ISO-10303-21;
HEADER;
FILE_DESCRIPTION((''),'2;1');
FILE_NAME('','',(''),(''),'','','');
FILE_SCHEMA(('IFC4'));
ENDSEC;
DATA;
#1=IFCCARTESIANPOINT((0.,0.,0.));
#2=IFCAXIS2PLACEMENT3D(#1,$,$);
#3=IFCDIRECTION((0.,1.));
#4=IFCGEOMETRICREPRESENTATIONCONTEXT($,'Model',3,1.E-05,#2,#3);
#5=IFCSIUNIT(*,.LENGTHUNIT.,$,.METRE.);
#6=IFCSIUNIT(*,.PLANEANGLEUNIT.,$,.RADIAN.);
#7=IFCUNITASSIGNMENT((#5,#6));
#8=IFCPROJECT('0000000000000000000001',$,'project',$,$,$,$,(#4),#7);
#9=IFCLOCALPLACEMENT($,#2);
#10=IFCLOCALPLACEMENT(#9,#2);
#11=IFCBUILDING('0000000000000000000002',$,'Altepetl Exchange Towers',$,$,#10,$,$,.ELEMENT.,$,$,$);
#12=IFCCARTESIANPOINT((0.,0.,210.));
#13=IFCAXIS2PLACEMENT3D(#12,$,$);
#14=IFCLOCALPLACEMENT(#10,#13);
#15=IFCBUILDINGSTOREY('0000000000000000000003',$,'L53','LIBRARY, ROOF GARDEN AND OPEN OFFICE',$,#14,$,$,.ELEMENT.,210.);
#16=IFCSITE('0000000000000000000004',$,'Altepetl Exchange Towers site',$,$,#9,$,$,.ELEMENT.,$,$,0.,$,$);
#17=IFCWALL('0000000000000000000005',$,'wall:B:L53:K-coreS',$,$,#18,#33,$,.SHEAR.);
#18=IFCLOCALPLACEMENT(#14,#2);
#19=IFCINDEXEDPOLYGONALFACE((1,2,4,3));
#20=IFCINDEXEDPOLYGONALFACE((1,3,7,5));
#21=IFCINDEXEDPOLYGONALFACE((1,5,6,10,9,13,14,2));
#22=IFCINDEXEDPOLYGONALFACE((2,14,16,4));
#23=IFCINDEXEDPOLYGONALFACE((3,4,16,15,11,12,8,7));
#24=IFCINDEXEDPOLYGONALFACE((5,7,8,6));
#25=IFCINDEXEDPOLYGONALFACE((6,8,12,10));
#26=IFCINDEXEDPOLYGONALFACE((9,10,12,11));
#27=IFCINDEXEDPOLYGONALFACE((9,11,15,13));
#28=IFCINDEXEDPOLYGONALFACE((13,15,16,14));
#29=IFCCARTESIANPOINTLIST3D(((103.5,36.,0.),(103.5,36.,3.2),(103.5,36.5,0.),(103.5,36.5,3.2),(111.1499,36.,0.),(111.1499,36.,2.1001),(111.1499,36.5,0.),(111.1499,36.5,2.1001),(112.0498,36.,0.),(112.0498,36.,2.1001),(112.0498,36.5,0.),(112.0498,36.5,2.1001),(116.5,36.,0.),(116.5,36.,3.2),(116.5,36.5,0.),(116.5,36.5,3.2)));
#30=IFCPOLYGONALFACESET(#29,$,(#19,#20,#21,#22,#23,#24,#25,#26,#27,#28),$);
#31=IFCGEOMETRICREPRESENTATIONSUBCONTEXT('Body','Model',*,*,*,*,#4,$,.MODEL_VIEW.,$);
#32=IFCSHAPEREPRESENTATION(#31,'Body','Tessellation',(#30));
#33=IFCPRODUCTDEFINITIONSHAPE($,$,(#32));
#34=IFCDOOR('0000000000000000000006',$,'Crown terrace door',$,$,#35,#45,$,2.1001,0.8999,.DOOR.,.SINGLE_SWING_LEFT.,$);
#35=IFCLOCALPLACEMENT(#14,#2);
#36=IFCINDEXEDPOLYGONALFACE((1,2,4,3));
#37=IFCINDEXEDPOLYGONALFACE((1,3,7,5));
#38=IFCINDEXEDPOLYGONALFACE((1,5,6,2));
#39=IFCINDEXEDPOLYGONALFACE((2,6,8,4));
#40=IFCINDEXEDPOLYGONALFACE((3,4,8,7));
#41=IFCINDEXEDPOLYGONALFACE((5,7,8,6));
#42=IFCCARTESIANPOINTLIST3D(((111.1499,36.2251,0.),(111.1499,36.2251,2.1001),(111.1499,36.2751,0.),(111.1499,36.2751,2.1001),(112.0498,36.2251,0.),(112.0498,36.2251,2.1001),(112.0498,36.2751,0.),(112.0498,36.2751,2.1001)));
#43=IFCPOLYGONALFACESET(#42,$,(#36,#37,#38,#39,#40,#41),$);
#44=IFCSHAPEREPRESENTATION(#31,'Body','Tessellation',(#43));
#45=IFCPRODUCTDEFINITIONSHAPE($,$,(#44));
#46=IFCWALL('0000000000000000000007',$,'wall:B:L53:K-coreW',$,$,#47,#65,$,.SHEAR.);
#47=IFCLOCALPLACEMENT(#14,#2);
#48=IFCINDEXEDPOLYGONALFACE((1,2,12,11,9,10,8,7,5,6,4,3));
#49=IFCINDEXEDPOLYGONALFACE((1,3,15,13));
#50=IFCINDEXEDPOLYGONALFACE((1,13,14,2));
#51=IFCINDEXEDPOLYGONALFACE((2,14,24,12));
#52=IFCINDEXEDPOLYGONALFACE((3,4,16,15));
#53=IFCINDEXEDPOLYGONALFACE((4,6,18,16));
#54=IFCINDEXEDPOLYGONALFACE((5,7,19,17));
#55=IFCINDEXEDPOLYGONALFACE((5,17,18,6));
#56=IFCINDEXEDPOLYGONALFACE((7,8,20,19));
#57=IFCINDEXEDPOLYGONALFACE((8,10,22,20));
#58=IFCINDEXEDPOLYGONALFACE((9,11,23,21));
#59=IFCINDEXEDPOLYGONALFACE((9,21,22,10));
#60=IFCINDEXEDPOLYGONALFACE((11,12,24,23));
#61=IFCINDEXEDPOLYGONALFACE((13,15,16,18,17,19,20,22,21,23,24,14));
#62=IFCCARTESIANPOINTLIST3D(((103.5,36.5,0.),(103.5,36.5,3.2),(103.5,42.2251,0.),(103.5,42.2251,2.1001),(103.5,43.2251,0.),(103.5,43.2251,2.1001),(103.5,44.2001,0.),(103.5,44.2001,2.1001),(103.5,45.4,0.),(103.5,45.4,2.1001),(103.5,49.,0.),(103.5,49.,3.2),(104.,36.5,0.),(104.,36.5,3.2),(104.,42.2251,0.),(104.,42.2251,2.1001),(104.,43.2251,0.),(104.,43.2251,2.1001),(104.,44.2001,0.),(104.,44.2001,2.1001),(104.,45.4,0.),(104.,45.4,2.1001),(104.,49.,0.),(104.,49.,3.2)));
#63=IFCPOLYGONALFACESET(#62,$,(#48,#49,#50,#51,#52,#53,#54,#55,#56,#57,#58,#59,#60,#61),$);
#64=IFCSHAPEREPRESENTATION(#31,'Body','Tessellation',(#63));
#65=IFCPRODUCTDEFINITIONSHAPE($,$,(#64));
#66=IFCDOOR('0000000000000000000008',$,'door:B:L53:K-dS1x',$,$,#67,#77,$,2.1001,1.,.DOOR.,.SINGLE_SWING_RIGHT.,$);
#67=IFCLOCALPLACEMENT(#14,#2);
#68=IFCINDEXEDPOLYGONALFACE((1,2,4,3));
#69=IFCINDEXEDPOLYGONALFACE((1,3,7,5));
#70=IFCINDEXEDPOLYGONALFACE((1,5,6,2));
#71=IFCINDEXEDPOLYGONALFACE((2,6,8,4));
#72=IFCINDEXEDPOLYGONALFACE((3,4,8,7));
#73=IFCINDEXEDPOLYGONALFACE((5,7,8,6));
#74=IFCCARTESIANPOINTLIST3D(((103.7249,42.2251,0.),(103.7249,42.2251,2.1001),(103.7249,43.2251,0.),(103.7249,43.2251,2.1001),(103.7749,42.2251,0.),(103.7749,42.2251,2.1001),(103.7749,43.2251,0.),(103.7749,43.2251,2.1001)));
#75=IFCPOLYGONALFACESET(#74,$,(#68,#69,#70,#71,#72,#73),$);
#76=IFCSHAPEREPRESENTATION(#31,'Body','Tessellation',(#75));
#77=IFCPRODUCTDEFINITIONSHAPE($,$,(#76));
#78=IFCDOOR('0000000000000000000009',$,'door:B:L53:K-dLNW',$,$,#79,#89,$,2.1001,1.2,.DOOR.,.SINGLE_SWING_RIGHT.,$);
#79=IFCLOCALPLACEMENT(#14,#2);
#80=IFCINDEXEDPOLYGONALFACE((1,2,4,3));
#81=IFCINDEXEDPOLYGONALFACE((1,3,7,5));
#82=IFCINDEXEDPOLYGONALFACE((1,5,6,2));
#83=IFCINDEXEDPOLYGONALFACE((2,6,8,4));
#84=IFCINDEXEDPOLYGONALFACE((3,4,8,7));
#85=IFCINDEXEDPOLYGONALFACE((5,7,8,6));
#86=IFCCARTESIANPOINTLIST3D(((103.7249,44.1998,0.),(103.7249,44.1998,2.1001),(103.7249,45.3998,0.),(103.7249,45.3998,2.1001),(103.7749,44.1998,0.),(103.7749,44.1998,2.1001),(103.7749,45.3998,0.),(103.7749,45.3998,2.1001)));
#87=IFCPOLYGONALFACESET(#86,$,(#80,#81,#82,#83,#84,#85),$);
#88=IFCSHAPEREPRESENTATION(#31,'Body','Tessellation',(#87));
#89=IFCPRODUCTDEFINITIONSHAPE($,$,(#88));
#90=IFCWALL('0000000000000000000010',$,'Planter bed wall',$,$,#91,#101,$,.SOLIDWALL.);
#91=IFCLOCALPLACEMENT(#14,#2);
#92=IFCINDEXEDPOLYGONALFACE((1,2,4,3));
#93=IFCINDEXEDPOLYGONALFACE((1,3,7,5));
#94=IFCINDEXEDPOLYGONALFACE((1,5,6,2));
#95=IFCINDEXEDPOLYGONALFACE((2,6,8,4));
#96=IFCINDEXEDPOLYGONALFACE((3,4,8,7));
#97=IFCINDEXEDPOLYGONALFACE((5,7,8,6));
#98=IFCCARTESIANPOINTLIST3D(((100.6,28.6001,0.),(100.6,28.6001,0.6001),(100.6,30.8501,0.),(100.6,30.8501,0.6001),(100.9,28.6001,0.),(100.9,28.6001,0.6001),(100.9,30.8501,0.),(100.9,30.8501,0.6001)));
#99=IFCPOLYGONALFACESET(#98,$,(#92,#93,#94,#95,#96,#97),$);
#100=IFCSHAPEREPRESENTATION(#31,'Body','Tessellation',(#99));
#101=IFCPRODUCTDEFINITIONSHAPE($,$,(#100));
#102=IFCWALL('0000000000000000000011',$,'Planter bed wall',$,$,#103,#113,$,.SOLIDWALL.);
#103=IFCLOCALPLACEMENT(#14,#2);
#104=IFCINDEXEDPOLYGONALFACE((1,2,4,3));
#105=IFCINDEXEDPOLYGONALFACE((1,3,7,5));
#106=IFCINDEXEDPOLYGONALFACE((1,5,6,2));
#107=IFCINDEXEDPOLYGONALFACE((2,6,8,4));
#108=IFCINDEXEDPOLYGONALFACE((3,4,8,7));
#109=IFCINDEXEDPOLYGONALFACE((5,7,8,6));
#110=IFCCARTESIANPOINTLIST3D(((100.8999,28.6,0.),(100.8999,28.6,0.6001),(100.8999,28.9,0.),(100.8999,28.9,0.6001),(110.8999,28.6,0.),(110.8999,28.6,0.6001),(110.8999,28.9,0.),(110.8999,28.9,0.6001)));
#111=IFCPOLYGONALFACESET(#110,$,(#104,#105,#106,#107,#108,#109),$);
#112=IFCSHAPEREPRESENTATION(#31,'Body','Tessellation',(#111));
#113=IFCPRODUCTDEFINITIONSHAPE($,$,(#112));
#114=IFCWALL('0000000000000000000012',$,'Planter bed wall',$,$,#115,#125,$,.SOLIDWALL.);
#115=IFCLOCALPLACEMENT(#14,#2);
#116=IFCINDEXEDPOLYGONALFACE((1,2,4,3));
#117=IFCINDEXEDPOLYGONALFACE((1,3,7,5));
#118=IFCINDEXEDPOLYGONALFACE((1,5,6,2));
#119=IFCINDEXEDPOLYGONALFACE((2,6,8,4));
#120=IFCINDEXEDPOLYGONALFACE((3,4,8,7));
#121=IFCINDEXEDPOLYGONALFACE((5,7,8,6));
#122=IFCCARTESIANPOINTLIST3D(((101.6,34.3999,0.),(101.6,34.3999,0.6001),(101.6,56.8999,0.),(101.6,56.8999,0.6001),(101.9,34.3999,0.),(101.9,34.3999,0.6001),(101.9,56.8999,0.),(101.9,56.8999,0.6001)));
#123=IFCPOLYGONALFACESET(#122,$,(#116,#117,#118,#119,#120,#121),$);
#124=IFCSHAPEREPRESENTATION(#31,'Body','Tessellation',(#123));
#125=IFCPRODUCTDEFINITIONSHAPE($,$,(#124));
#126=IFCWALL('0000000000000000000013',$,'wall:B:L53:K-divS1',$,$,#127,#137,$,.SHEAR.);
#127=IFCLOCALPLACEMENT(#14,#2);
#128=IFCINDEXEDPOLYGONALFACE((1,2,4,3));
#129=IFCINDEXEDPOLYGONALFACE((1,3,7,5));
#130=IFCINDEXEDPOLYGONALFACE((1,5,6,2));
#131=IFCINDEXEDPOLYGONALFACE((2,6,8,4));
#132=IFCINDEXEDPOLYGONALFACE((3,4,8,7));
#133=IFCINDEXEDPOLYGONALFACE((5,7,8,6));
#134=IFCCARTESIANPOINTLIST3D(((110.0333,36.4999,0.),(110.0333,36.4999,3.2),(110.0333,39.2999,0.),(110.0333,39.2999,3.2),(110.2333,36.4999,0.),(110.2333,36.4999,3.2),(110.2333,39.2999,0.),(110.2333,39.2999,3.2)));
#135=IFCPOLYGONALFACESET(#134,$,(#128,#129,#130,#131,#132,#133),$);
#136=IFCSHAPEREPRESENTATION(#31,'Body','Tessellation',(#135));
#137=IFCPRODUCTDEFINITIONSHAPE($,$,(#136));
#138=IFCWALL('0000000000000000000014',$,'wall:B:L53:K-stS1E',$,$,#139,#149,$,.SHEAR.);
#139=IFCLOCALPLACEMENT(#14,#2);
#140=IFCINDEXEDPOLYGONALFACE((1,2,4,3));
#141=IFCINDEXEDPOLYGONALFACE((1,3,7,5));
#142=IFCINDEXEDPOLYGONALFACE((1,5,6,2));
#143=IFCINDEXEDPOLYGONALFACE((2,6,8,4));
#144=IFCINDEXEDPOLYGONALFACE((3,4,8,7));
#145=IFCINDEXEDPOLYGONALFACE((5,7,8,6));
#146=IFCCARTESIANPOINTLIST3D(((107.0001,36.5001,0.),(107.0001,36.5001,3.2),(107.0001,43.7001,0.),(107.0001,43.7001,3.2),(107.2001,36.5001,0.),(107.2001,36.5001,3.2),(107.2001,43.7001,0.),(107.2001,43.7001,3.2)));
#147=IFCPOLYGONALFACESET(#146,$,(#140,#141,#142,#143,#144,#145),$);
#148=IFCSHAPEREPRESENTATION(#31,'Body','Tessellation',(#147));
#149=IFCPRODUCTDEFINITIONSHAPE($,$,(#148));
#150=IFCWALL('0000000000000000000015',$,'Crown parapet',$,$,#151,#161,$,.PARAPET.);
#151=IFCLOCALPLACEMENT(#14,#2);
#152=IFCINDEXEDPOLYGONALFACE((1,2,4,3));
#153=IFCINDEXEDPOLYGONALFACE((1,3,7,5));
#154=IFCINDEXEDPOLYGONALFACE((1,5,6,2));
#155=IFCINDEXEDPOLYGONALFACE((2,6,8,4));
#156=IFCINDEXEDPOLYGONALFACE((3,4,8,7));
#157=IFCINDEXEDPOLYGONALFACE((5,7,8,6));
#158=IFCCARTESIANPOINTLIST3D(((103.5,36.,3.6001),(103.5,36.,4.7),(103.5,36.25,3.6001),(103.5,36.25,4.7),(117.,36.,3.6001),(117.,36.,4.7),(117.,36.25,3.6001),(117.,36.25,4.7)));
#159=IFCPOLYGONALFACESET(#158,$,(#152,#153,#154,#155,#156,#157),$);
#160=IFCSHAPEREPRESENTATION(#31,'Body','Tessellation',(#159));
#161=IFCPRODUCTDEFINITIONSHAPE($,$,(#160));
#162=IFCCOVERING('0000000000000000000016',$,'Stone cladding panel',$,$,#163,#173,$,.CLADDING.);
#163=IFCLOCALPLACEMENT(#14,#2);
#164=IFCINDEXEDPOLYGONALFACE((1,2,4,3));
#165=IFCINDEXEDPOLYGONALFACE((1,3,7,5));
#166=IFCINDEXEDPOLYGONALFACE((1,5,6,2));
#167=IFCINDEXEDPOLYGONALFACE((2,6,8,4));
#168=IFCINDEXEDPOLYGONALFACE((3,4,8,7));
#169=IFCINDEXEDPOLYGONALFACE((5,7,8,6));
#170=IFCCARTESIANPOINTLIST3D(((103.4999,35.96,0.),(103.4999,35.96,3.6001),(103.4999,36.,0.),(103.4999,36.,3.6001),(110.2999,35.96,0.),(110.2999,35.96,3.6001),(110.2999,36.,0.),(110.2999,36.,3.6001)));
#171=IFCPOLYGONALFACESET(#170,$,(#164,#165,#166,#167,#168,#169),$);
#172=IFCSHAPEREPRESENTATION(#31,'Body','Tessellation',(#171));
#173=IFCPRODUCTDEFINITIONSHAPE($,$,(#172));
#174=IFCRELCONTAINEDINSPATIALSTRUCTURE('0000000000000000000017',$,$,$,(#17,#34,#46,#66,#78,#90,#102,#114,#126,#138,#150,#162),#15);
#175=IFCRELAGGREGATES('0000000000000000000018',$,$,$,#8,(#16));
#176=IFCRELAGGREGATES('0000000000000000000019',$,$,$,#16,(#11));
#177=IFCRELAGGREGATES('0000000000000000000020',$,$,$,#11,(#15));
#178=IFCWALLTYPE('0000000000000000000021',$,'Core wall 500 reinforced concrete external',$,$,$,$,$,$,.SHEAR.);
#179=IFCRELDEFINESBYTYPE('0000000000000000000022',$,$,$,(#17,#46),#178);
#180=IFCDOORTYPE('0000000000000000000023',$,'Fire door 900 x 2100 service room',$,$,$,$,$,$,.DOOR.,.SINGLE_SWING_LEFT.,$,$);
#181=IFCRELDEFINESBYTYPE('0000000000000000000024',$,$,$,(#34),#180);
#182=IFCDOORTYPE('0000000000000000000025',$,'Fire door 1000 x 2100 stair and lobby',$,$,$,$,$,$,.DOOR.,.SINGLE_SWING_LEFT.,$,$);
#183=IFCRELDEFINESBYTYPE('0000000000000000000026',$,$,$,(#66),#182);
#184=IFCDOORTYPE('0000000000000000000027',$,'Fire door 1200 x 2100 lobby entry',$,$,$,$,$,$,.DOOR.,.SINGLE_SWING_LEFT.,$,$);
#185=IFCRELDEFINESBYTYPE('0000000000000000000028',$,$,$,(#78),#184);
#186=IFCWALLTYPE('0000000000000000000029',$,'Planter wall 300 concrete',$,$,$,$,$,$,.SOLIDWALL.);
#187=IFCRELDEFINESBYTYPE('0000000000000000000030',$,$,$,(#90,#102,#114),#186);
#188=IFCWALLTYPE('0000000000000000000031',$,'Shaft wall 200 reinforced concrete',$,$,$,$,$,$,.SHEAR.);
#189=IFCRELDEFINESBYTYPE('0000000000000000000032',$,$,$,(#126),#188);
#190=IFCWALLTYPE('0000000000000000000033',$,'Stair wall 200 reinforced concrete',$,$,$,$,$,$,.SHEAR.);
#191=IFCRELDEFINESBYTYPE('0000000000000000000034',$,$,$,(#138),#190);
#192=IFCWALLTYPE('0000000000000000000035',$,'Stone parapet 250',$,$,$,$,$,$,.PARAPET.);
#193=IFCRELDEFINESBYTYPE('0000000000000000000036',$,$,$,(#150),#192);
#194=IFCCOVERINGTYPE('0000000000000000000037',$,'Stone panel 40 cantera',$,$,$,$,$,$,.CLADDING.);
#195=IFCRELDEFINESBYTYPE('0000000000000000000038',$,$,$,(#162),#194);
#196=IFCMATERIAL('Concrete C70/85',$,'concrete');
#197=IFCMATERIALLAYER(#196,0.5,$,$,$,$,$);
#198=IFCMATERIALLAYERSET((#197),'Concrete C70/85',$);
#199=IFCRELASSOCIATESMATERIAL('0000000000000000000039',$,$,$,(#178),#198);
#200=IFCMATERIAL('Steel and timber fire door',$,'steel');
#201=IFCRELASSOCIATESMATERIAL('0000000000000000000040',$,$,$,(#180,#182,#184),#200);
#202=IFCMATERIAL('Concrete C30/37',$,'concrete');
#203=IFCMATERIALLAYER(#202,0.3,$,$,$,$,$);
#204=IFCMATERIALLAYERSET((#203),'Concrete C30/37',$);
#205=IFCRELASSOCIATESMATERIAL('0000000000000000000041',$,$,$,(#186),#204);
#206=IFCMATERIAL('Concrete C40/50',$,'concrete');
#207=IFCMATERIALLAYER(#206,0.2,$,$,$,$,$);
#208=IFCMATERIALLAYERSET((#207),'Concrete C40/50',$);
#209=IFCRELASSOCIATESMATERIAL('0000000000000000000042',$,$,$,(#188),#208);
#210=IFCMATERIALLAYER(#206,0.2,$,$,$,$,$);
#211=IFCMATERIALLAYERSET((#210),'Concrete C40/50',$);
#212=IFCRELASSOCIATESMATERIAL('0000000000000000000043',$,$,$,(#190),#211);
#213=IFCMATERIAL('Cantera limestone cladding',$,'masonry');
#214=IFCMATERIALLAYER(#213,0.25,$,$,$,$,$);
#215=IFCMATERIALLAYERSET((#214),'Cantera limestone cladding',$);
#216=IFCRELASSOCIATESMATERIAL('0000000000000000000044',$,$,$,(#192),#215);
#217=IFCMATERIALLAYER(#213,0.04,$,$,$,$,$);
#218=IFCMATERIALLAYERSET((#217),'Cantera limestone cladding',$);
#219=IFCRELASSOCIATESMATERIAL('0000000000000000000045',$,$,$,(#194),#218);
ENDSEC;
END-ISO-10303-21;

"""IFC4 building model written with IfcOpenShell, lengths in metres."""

from ifc_helpers import new_model, si_unit, direction, frame, frame_2d, origin, origin_2d, place, context, subcontext, project, spatial, rectangle, extrude, material, layer, layer_set, type_object, element, fill, save


model = new_model("IFC4")

# Units and contexts
model_context = context("Model", 3, precision=1e-05, world=origin(), true_north=direction((0.0, 1.0)))
body_context = subcontext(model_context, "Body", "Model", "MODEL_VIEW")
ifc_project = project(units=[si_unit("LENGTHUNIT", "METRE"), si_unit("PLANEANGLEUNIT", "RADIAN")], contexts=[model_context])

# Site, building, storey
site_placement = place(None, origin())
site = spatial("IfcSite", under=ifc_project, at=site_placement, Name="Altepetl Exchange Towers site", CompositionType="ELEMENT", RefElevation=0.0)
building_placement = place(site_placement, origin())
building = spatial("IfcBuilding", under=site, at=building_placement, Name="Altepetl Exchange Towers", CompositionType="ELEMENT")
storey_placement = place(building_placement, frame((0.0, 0.0, 210.0)))
storey = spatial("IfcBuildingStorey", under=building, at=storey_placement, Name="L53", Description="LIBRARY, ROOF GARDEN AND OPEN OFFICE", CompositionType="ELEMENT", Elevation=210.0)

# Wall, opening, door
ifc_material_1 = material(Name="Concrete C70/85", Category="concrete")
ifc_layer_1 = layer(ifc_material_1, 0.5)
ifc_layer_set_1 = layer_set([ifc_layer_1], Name="Concrete C70/85")
wall_type_1 = type_object("IfcWallType", Name="Core wall 500 reinforced concrete external", PredefinedType="SHEAR", material=ifc_layer_set_1)
wall_1_placement = place(storey_placement, frame((103.5, 36.25, 0.0)))
wall_1 = element("IfcWall", 1, at=wall_1_placement, inside=storey, type_object=wall_type_1, Name="wall:B:L53:K-coreS", PredefinedType="SHEAR", context=body_context, shape_type="SweptSolid", body=[
    extrude(rectangle(XDim=13.0, YDim=0.5, at=frame_2d((6.5, 0.0))), origin(), (0.0, 0.0, 1.0), 3.2),
])
opening_1_placement = place(wall_1_placement, frame((7.6499, 0.0, 0.0)))
opening_1 = element("IfcOpeningElement", 2, at=opening_1_placement, cuts=wall_1, PredefinedType="OPENING", context=body_context, shape_type="SweptSolid", body=[
    extrude(rectangle(XDim=0.8999, YDim=2.1001, at=frame_2d((0.45, 1.05))), frame((0.0, 0.26, 0.0), z_axis=(0.0, -1.0, 0.0), x_axis=(1.0, 0.0, 0.0)), (0.0, 0.0, 1.0), 0.52),
])
ifc_material_2 = material(Name="Steel and timber fire door", Category="steel")
door_type_1 = type_object("IfcDoorType", Name="Fire door 900 x 2100 service room", OperationType="SINGLE_SWING_LEFT", PredefinedType="DOOR", material=ifc_material_2)
door_1_placement = place(opening_1_placement, frame((0.8999, 0.0, 0.0), x_axis=(-1.0, 0.0, 0.0)))
door_1 = element("IfcDoor", 3, at=door_1_placement, inside=storey, type_object=door_type_1, Name="Crown terrace door", OperationType="SINGLE_SWING_LEFT", OverallHeight=2.1001, OverallWidth=0.8999, PredefinedType="DOOR", context=body_context, shape_type="SweptSolid", body=[
    extrude(rectangle(XDim=0.8999, YDim=2.1001, at=frame_2d((0.45, 1.05))), frame((0.0, 0.0249, 0.0), z_axis=(0.0, -1.0, 0.0), x_axis=(1.0, 0.0, 0.0)), (0.0, 0.0, 1.0), 0.05),
])
fill(opening_1, door_1)

# Wall, openings, doors
wall_2_placement = place(storey_placement, frame((103.75, 36.5, 0.0), z_axis=(0.0, 0.0, 1.0), x_axis=(0.0, 1.0, 0.0)))
wall_2 = element("IfcWall", 4, at=wall_2_placement, inside=storey, type_object=wall_type_1, Name="wall:B:L53:K-coreW", PredefinedType="SHEAR", context=body_context, shape_type="SweptSolid", body=[
    extrude(rectangle(XDim=12.5, YDim=0.5, at=frame_2d((6.25, 0.0))), origin(), (0.0, 0.0, 1.0), 3.2),
])
opening_2_placement = place(wall_2_placement, frame((7.7, 0.0, 0.0)))
opening_2 = element("IfcOpeningElement", 5, at=opening_2_placement, cuts=wall_2, PredefinedType="OPENING", context=body_context, shape_type="SweptSolid", body=[
    extrude(rectangle(XDim=1.2, YDim=2.1001, at=frame_2d((0.6001, 1.05))), frame((0.0, 0.26, 0.0), z_axis=(0.0, -1.0, 0.0), x_axis=(1.0, 0.0, 0.0)), (0.0, 0.0, 1.0), 0.52),
])
opening_3_placement = place(wall_2_placement, frame((5.7251, 0.0, 0.0)))
opening_3 = element("IfcOpeningElement", 6, at=opening_3_placement, cuts=wall_2, PredefinedType="OPENING", context=body_context, shape_type="SweptSolid", body=[
    extrude(rectangle(XDim=1.0, YDim=2.1001, at=frame_2d((0.5, 1.05))), frame((0.0, 0.26, 0.0), z_axis=(0.0, -1.0, 0.0), x_axis=(1.0, 0.0, 0.0)), (0.0, 0.0, 1.0), 0.52),
])
door_type_2 = type_object("IfcDoorType", Name="Fire door 1000 x 2100 stair and lobby", OperationType="SINGLE_SWING_LEFT", PredefinedType="DOOR", material=ifc_material_2)
door_2_placement = place(opening_3_placement, frame((1.0, 0.0, 0.0), x_axis=(-1.0, 0.0, 0.0)))
door_2 = element("IfcDoor", 7, at=door_2_placement, inside=storey, type_object=door_type_2, Name="door:B:L53:K-dS1x", OperationType="SINGLE_SWING_RIGHT", OverallHeight=2.1001, OverallWidth=1.0, PredefinedType="DOOR", context=body_context, shape_type="SweptSolid", body=[
    extrude(rectangle(XDim=1.0, YDim=2.1001, at=frame_2d((0.5, 1.05))), frame((0.0, 0.0249, 0.0), z_axis=(0.0, -1.0, 0.0), x_axis=(1.0, 0.0, 0.0)), (0.0, 0.0, 1.0), 0.05),
])
fill(opening_3, door_2)
door_type_3 = type_object("IfcDoorType", Name="Fire door 1200 x 2100 lobby entry", OperationType="SINGLE_SWING_LEFT", PredefinedType="DOOR", material=ifc_material_2)
door_3_placement = place(opening_2_placement, frame((1.2, 0.0, 0.0), x_axis=(-1.0, 0.0, 0.0)))
door_3 = element("IfcDoor", 8, at=door_3_placement, inside=storey, type_object=door_type_3, Name="door:B:L53:K-dLNW", OperationType="SINGLE_SWING_RIGHT", OverallHeight=2.1001, OverallWidth=1.2, PredefinedType="DOOR", context=body_context, shape_type="SweptSolid", body=[
    extrude(rectangle(XDim=1.2, YDim=2.1001, at=frame_2d((0.6001, 1.05))), frame((0.0, 0.0249, 0.0), z_axis=(0.0, -1.0, 0.0), x_axis=(1.0, 0.0, 0.0)), (0.0, 0.0, 1.0), 0.05),
])
fill(opening_2, door_3)

# Walls
ifc_material_3 = material(Name="Concrete C30/37", Category="concrete")
ifc_layer_2 = layer(ifc_material_3, 0.3)
ifc_layer_set_2 = layer_set([ifc_layer_2], Name="Concrete C30/37")
wall_type_2 = type_object("IfcWallType", Name="Planter wall 300 concrete", PredefinedType="SOLIDWALL", material=ifc_layer_set_2)
wall_3_placement = place(storey_placement, frame((100.75, 30.8501, 0.0), z_axis=(0.0, 0.0, 1.0), x_axis=(0.0, -1.0, 0.0)))
element("IfcWall", 9, at=wall_3_placement, inside=storey, type_object=wall_type_2, Name="Planter bed wall", PredefinedType="SOLIDWALL", context=body_context, shape_type="SweptSolid", body=[
    extrude(rectangle(XDim=2.25, YDim=0.3, at=frame_2d((1.125, 0.0))), origin(), (0.0, 0.0, 1.0), 0.6001),
])
wall_4_placement = place(storey_placement, frame((100.8999, 28.75, 0.0)))
element("IfcWall", 10, at=wall_4_placement, inside=storey, type_object=wall_type_2, Name="Planter bed wall", PredefinedType="SOLIDWALL", context=body_context, shape_type="SweptSolid", body=[
    extrude(rectangle(XDim=10.0, YDim=0.3, at=frame_2d((5.0, 0.0))), origin(), (0.0, 0.0, 1.0), 0.6001),
])
wall_5_placement = place(storey_placement, frame((101.75, 34.3999, 0.0), z_axis=(0.0, 0.0, 1.0), x_axis=(0.0, 1.0, 0.0)))
element("IfcWall", 11, at=wall_5_placement, inside=storey, type_object=wall_type_2, Name="Planter bed wall", PredefinedType="SOLIDWALL", context=body_context, shape_type="SweptSolid", body=[
    extrude(rectangle(XDim=22.5, YDim=0.3, at=frame_2d((11.25, 0.0))), origin(), (0.0, 0.0, 1.0), 0.6001),
])
ifc_material_4 = material(Name="Concrete C40/50", Category="concrete")
ifc_layer_3 = layer(ifc_material_4, 0.2)
ifc_layer_set_3 = layer_set([ifc_layer_3], Name="Concrete C40/50")
wall_type_3 = type_object("IfcWallType", Name="Shaft wall 200 reinforced concrete", PredefinedType="SHEAR", material=ifc_layer_set_3)
wall_6_placement = place(storey_placement, frame((110.1333, 36.5, 0.0), z_axis=(0.0, 0.0, 1.0), x_axis=(0.0, 1.0, 0.0)))
element("IfcWall", 12, at=wall_6_placement, inside=storey, type_object=wall_type_3, Name="wall:B:L53:K-divS1", PredefinedType="SHEAR", context=body_context, shape_type="SweptSolid", body=[
    extrude(rectangle(XDim=2.8, YDim=0.2, at=frame_2d((1.3999, 0.0))), origin(), (0.0, 0.0, 1.0), 3.2),
])
ifc_layer_4 = layer(ifc_material_4, 0.2)
ifc_layer_set_4 = layer_set([ifc_layer_4], Name="Concrete C40/50")
wall_type_4 = type_object("IfcWallType", Name="Stair wall 200 reinforced concrete", PredefinedType="SHEAR", material=ifc_layer_set_4)
wall_7_placement = place(storey_placement, frame((107.1001, 36.5, 0.0), z_axis=(0.0, 0.0, 1.0), x_axis=(0.0, 1.0, 0.0)))
element("IfcWall", 13, at=wall_7_placement, inside=storey, type_object=wall_type_4, Name="wall:B:L53:K-stS1E", PredefinedType="SHEAR", context=body_context, shape_type="SweptSolid", body=[
    extrude(rectangle(XDim=7.2, YDim=0.2, at=frame_2d((3.6001, 0.0))), origin(), (0.0, 0.0, 1.0), 3.2),
])
ifc_material_5 = material(Name="Cantera limestone cladding", Category="masonry")
ifc_layer_5 = layer(ifc_material_5, 0.25)
ifc_layer_set_5 = layer_set([ifc_layer_5], Name="Cantera limestone cladding")
wall_type_5 = type_object("IfcWallType", Name="Stone parapet 250", PredefinedType="PARAPET", material=ifc_layer_set_5)
wall_8_placement = place(storey_placement, frame((103.5, 36.125, 3.6001)))
element("IfcWall", 14, at=wall_8_placement, inside=storey, type_object=wall_type_5, Name="Crown parapet", PredefinedType="PARAPET", context=body_context, shape_type="SweptSolid", body=[
    extrude(rectangle(XDim=13.5, YDim=0.25, at=frame_2d((6.75, 0.0))), origin(), (0.0, 0.0, 1.0), 1.0999),
])

# Covering
ifc_layer_6 = layer(ifc_material_5, 0.04)
ifc_layer_set_6 = layer_set([ifc_layer_6], Name="Cantera limestone cladding")
covering_type = type_object("IfcCoveringType", Name="Stone panel 40 cantera", PredefinedType="CLADDING", material=ifc_layer_set_6)
covering_placement = place(storey_placement, frame((106.8999, 35.98, 0.0)))
element("IfcCovering", 15, at=covering_placement, inside=storey, type_object=covering_type, Name="Stone cladding panel", PredefinedType="CLADDING", context=body_context, shape_type="SweptSolid", body=[
    extrude(rectangle(XDim=6.8, YDim=0.04, at=origin_2d()), origin(), (0.0, 0.0, 1.0), 3.6001),
])

save(model, "model.ifc")
